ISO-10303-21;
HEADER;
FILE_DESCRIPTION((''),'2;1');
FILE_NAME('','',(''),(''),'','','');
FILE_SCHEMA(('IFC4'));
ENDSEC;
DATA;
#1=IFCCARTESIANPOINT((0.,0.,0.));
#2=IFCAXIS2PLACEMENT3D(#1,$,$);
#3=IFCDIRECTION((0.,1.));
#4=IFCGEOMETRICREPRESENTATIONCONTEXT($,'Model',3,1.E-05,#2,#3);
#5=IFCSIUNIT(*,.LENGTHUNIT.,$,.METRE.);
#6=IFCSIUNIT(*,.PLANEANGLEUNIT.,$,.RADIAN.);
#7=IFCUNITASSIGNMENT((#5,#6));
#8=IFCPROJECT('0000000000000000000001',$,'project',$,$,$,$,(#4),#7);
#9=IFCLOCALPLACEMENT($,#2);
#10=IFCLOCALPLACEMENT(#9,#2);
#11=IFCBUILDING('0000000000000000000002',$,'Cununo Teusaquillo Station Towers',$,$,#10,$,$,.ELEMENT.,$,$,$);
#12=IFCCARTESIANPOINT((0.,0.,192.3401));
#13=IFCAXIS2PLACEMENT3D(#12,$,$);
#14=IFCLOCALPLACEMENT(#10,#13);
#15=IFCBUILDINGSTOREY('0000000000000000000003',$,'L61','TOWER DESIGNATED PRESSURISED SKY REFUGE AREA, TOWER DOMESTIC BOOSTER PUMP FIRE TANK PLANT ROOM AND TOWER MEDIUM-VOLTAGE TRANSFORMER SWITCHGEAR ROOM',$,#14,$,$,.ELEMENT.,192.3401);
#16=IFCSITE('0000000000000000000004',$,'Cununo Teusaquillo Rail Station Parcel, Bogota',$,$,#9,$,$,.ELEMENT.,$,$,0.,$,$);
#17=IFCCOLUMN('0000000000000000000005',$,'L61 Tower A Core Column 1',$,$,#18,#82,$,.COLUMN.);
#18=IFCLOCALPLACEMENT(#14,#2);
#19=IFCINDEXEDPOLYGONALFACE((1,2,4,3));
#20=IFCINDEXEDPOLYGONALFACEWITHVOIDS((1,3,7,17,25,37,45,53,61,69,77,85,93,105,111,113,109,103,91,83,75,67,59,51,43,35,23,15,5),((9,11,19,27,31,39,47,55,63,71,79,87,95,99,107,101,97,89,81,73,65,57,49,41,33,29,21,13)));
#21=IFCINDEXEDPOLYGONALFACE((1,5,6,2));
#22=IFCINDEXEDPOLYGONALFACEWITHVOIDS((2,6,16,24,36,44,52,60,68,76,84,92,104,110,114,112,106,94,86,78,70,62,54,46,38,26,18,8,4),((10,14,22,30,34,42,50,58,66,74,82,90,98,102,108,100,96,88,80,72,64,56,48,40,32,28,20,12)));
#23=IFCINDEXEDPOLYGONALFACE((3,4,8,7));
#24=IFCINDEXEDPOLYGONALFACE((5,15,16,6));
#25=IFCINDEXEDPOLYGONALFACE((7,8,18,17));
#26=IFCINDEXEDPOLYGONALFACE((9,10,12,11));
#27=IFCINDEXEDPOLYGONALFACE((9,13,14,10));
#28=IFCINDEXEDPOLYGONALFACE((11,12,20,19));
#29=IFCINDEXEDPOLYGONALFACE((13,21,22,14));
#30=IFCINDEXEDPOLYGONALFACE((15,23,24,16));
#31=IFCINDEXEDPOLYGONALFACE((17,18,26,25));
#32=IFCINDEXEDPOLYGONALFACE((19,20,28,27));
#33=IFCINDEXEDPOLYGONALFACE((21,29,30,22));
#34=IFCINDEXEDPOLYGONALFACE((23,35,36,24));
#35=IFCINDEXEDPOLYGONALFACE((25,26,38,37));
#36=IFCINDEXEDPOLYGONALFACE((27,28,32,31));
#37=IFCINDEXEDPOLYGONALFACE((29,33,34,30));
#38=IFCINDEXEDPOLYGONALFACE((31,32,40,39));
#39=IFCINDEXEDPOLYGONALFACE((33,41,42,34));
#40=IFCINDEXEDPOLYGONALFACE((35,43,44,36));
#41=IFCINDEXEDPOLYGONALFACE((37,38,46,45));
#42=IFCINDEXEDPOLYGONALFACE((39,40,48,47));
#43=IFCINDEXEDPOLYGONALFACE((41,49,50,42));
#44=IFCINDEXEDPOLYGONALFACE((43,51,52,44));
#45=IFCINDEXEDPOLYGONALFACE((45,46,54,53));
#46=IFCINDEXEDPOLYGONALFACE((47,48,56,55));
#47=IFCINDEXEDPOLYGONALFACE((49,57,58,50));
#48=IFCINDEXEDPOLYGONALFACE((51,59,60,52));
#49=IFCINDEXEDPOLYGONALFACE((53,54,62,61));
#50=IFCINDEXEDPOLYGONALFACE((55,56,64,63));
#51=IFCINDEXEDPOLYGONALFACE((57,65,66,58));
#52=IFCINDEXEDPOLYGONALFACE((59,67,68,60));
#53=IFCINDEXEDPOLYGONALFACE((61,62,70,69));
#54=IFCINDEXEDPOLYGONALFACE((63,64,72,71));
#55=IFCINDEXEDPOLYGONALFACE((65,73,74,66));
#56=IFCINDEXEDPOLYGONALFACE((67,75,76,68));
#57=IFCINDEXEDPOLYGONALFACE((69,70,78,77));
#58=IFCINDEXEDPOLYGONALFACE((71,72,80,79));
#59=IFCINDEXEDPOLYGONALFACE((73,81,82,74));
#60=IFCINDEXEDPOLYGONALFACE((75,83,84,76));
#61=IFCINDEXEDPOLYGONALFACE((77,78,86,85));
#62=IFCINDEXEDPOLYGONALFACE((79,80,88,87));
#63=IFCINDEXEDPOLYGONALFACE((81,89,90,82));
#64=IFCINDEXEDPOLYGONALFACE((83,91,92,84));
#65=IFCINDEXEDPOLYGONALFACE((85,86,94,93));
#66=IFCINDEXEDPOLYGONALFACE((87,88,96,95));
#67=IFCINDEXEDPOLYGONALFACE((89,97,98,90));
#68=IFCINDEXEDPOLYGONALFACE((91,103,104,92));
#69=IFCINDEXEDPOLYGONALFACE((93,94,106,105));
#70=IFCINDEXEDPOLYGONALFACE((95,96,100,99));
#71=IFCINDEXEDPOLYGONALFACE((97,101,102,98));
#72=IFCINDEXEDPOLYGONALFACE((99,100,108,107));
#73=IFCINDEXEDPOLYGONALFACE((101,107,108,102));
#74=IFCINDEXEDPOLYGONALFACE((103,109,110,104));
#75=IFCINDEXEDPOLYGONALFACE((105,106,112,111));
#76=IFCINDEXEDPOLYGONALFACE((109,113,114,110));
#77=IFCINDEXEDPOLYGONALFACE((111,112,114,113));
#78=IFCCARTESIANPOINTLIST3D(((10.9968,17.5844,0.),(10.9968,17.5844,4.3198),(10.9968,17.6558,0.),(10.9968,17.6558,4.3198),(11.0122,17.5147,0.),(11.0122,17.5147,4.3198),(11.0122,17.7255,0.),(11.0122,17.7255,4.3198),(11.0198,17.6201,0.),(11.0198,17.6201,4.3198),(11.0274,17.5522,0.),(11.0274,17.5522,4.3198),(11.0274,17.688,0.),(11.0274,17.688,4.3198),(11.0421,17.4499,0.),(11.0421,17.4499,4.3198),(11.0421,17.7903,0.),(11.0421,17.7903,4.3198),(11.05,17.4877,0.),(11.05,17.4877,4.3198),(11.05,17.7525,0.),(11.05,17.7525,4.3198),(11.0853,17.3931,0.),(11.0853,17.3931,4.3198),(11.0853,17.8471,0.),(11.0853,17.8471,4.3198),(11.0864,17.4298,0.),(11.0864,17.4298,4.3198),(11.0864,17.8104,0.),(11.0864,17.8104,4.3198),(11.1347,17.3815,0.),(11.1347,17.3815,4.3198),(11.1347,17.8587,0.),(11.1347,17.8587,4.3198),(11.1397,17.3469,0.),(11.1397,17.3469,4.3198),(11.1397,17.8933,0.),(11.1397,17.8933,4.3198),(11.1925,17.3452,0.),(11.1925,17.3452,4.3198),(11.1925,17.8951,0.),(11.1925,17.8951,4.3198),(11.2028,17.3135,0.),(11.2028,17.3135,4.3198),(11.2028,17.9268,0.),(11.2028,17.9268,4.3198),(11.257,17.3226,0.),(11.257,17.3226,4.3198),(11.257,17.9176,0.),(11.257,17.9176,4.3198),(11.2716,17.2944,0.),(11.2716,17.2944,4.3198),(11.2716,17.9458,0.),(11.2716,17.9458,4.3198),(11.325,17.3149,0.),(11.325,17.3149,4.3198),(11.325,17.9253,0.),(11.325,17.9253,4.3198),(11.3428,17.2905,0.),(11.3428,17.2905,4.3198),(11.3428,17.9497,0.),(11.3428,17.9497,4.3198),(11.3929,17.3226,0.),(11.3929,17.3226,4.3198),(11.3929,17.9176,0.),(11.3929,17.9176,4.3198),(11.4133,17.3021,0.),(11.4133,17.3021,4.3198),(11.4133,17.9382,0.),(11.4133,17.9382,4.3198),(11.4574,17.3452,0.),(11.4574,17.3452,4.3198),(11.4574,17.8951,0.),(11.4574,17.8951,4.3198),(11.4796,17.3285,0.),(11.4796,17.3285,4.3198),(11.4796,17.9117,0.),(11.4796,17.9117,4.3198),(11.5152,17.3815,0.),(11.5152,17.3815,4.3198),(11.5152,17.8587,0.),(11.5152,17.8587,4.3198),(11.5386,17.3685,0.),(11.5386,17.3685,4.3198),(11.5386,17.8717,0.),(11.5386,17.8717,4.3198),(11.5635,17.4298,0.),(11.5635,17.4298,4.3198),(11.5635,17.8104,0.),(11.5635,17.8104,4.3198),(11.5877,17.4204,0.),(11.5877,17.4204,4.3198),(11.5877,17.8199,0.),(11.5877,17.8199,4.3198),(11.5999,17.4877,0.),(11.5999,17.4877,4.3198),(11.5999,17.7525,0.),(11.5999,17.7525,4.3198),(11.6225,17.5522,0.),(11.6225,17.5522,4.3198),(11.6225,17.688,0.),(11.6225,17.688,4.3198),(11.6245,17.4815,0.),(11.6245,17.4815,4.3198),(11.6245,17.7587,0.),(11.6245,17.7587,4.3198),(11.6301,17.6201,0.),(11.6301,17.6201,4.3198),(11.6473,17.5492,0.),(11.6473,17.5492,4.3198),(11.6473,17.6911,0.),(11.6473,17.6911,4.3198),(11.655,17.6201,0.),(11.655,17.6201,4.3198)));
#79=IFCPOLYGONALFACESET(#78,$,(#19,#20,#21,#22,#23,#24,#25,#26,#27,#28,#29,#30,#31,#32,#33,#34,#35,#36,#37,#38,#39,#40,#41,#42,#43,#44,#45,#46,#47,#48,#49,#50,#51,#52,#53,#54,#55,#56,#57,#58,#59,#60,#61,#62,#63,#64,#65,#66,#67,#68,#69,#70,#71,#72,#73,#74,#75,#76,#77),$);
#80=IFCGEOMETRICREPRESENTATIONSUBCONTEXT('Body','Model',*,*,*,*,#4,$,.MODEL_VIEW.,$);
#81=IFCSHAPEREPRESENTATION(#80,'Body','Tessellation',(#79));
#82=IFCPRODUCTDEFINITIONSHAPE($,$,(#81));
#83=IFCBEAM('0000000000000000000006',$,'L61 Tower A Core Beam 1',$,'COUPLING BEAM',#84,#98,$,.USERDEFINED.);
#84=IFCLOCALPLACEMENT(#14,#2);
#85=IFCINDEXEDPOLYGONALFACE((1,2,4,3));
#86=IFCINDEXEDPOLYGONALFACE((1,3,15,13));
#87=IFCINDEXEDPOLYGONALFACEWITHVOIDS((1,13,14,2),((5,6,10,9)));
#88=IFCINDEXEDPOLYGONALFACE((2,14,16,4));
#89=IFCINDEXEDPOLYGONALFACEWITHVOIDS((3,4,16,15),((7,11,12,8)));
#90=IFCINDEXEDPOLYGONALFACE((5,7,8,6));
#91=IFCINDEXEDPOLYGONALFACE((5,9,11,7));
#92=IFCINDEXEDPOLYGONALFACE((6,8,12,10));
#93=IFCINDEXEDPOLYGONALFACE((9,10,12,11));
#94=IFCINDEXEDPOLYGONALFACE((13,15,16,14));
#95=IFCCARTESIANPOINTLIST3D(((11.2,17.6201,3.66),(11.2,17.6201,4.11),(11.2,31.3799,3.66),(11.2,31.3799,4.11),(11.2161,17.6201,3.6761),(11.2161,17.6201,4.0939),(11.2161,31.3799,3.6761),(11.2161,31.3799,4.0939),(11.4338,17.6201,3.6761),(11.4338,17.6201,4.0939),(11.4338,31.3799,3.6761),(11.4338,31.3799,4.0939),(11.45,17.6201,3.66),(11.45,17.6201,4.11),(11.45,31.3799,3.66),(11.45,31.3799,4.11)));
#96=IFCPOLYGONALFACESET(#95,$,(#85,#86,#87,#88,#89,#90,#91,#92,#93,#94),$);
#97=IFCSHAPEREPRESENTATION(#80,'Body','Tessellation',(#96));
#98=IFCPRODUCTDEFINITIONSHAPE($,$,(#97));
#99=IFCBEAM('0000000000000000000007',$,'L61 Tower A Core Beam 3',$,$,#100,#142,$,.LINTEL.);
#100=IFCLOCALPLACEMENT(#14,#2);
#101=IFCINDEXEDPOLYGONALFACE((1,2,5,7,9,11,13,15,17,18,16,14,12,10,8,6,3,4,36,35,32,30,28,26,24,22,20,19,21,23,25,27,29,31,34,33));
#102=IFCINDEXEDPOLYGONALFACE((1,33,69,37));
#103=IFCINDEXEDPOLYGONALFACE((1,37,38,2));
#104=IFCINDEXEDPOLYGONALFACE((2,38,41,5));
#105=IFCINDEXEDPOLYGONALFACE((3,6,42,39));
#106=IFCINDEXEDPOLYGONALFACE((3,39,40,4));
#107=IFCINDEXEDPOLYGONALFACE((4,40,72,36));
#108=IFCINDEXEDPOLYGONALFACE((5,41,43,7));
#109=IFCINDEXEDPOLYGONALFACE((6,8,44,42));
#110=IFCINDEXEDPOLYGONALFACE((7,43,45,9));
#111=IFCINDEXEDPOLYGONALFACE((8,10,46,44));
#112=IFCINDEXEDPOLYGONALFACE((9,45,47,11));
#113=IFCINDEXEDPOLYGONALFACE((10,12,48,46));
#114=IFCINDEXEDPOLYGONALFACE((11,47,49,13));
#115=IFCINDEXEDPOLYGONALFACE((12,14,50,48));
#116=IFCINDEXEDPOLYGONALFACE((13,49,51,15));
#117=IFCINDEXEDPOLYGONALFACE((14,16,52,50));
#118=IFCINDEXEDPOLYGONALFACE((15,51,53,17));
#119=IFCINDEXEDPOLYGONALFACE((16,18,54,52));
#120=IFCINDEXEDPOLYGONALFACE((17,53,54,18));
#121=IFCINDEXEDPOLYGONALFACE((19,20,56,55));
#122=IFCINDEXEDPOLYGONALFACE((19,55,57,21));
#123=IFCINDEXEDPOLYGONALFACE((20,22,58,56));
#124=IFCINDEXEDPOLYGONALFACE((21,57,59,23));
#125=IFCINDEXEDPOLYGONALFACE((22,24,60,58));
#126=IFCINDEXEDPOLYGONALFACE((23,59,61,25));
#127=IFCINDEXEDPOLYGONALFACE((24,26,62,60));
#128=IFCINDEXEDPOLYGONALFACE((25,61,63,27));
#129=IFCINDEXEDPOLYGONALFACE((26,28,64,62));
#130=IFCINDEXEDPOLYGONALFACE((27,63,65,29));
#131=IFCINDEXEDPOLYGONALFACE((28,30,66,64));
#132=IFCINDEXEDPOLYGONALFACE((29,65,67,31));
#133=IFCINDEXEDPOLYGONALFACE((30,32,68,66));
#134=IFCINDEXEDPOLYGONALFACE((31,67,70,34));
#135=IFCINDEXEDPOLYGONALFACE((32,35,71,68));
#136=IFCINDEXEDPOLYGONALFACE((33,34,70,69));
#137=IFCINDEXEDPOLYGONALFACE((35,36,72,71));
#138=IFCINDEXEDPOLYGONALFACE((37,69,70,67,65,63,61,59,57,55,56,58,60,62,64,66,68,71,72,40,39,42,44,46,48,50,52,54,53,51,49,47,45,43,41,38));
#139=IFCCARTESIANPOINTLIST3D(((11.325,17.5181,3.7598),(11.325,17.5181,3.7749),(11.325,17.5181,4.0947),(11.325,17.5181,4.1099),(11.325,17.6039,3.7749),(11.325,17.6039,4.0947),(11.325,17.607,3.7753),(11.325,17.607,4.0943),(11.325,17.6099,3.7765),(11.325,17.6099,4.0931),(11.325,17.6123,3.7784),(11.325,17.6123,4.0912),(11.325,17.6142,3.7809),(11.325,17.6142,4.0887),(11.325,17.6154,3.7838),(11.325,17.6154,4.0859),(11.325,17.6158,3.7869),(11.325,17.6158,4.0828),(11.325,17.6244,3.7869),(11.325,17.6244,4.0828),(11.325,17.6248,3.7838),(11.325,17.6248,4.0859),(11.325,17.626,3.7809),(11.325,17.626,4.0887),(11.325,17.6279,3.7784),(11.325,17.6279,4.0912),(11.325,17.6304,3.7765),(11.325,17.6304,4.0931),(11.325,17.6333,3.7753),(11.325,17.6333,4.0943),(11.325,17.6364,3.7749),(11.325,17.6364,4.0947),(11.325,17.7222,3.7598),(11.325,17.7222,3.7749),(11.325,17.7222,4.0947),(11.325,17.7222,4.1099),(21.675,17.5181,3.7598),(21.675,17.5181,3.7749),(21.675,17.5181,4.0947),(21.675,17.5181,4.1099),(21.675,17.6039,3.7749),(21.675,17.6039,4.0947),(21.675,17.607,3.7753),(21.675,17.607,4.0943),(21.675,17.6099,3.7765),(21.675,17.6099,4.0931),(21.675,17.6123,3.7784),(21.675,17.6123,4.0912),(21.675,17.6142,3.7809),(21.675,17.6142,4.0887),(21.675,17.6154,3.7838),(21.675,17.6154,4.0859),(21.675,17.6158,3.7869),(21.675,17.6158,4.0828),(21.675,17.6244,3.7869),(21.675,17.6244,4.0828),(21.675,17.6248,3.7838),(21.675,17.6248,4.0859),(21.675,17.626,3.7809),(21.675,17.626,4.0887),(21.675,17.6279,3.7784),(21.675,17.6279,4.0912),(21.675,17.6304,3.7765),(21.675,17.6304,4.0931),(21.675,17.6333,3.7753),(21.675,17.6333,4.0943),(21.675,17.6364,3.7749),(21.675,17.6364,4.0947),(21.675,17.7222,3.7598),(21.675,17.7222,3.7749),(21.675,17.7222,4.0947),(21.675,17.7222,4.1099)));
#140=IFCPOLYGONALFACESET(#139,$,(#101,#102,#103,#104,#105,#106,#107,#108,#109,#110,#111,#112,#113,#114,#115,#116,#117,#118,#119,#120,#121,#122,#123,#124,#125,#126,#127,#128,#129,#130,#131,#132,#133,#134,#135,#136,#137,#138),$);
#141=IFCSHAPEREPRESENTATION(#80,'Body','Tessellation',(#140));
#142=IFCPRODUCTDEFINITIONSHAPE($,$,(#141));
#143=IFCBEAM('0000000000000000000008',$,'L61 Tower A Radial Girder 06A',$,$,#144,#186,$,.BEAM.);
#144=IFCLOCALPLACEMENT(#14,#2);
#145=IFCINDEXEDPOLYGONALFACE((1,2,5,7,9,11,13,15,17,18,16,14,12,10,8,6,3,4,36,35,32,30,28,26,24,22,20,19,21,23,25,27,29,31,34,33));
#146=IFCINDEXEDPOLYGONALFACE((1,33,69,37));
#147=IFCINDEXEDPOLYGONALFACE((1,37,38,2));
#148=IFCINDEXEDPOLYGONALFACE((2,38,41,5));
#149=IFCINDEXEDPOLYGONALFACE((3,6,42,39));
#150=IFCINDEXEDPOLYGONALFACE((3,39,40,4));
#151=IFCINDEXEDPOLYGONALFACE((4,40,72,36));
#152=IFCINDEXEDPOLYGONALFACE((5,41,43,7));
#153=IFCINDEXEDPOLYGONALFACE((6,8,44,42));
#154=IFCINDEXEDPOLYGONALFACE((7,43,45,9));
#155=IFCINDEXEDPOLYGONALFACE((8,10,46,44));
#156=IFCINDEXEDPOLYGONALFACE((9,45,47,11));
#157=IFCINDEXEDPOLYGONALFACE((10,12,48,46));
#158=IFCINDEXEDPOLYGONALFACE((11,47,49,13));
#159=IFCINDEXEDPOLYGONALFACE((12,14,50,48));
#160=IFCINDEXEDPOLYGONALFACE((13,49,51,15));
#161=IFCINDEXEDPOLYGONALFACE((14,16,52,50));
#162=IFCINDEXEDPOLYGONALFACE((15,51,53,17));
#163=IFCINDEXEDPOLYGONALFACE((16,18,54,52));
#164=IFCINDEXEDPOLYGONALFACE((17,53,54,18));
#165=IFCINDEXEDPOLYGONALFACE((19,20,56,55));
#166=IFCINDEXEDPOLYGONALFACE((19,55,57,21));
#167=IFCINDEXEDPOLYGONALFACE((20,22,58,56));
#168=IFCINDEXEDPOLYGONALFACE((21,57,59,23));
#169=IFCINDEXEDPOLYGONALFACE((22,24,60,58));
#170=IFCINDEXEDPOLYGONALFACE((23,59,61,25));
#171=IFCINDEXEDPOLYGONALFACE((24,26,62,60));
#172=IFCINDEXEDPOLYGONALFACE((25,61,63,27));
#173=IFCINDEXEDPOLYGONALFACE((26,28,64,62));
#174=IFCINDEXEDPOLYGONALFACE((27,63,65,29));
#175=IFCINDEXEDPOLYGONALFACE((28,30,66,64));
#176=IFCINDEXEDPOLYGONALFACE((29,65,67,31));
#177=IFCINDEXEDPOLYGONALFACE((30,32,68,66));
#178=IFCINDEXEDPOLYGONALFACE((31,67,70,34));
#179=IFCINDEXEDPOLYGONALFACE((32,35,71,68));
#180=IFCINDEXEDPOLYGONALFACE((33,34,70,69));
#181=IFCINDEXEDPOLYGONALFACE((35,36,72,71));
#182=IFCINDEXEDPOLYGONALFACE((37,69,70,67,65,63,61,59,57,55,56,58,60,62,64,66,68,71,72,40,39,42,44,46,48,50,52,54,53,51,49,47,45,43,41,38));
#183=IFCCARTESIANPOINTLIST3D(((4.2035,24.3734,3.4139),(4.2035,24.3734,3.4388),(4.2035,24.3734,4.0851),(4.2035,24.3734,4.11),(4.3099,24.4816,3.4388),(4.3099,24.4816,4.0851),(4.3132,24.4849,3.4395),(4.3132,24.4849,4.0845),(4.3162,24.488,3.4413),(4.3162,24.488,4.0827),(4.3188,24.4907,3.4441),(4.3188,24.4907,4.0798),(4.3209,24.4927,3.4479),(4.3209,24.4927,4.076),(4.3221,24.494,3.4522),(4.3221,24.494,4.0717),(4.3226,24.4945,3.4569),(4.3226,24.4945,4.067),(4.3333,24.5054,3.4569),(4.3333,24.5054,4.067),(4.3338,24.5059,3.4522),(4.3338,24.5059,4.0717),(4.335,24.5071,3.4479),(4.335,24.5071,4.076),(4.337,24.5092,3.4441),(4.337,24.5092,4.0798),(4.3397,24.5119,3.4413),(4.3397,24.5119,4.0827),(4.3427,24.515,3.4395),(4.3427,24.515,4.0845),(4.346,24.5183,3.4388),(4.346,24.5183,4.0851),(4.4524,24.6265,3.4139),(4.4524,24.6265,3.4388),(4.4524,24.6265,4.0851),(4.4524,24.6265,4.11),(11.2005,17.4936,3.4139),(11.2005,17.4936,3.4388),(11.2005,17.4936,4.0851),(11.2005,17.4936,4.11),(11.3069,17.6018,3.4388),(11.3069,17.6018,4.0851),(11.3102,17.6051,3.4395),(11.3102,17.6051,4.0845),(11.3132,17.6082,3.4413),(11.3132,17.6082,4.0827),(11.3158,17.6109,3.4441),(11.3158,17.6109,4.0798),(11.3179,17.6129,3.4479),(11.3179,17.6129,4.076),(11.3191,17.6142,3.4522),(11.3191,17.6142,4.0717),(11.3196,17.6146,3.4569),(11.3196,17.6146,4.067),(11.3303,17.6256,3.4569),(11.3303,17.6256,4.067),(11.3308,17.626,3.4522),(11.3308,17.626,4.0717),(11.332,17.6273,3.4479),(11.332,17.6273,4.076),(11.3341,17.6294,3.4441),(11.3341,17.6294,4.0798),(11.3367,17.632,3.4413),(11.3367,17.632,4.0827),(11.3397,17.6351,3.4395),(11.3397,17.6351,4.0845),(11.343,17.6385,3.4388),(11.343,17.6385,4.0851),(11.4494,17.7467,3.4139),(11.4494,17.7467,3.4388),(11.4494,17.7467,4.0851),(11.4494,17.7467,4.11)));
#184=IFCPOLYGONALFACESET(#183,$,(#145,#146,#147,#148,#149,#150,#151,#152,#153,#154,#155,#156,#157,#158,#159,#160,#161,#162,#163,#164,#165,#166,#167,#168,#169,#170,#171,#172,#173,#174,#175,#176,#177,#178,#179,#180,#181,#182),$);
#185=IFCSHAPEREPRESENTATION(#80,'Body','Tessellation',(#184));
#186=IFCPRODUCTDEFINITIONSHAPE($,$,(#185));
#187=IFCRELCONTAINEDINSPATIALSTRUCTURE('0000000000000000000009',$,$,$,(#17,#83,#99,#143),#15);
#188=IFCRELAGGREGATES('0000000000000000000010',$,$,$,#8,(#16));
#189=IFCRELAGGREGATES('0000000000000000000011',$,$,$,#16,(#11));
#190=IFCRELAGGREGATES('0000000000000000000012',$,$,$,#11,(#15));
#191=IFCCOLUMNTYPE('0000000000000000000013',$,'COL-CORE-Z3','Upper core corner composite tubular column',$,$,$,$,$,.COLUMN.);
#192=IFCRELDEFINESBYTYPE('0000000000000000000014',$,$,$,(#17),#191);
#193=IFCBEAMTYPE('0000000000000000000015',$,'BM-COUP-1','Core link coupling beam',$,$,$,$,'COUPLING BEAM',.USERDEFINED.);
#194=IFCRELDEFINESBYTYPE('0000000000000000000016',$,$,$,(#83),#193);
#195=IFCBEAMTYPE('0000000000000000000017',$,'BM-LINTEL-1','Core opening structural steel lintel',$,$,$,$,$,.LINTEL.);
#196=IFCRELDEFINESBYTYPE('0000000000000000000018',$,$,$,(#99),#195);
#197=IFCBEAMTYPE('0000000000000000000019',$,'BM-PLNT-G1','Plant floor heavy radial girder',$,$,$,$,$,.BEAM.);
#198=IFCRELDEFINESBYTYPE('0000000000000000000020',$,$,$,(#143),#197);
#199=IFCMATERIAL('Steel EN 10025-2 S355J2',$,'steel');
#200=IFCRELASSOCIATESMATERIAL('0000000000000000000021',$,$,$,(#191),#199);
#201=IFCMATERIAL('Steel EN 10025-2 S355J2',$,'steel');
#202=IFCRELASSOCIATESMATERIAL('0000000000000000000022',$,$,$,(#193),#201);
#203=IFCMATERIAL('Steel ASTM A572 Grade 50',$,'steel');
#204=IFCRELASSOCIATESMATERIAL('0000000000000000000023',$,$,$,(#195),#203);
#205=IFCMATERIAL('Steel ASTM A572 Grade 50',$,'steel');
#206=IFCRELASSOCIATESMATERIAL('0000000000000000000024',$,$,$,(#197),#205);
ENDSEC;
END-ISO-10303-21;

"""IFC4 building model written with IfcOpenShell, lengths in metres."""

from ifc_helpers import new_model, si_unit, direction, frame, origin, origin_2d, place, context, subcontext, project, spatial, hollow_rectangle, hollow_circle, i_section, extrude, material, material_profile, profile_set, type_object, element, save


model = new_model("IFC4")

# Units and contexts
model_context = context("Model", 3, precision=1e-05, world=origin(), true_north=direction((0.0, 1.0)))
body_context = subcontext(model_context, "Body", "Model", "MODEL_VIEW")
ifc_project = project(units=[si_unit("LENGTHUNIT", "METRE"), si_unit("PLANEANGLEUNIT", "RADIAN")], contexts=[model_context])

# Site, building, storey
site_placement = place(None, origin())
site = spatial("IfcSite", under=ifc_project, at=site_placement, Name="Cununo Teusaquillo Rail Station Parcel, Bogota", CompositionType="ELEMENT", RefElevation=0.0)
building_placement = place(site_placement, origin())
building = spatial("IfcBuilding", under=site, at=building_placement, Name="Cununo Teusaquillo Station Towers", CompositionType="ELEMENT")
storey_placement = place(building_placement, frame((0.0, 0.0, 192.3401)))
storey = spatial("IfcBuildingStorey", under=building, at=storey_placement, Name="L61", Description="TOWER DESIGNATED PRESSURISED SKY REFUGE AREA, TOWER DOMESTIC BOOSTER PUMP FIRE TANK PLANT ROOM AND TOWER MEDIUM-VOLTAGE TRANSFORMER SWITCHGEAR ROOM", CompositionType="ELEMENT", Elevation=192.3401)

# Column
ifc_material_1 = material(Name="Steel EN 10025-2 S355J2", Category="steel")
ifc_material_profile_1 = material_profile(ifc_material_1, hollow_circle(Radius=0.3301, WallThickness=0.0249, at=origin_2d()), Name="CHS 660x25")
ifc_profile_set_1 = profile_set([ifc_material_profile_1], Name="Steel EN 10025-2 S355J2")
column_type = type_object("IfcColumnType", Name="COL-CORE-Z3", Description="Upper core corner composite tubular column", PredefinedType="COLUMN", material=ifc_profile_set_1)
column_placement = place(storey_placement, frame((11.325, 17.6201, 0.0), z_axis=(0.0, 0.0, 1.0), x_axis=(1.0, 0.0, 0.0)))
element("IfcColumn", 1, at=column_placement, inside=storey, type_object=column_type, Name="L61 Tower A Core Column 1", PredefinedType="COLUMN", context=body_context, shape_type="SweptSolid", body=[
    extrude(hollow_circle(Radius=0.3301, WallThickness=0.0249, at=origin_2d()), origin(), (0.0, 0.0, 1.0), 4.3198),
])

# Beams
ifc_material_2 = material(Name="Steel EN 10025-2 S355J2", Category="steel")
ifc_material_profile_2 = material_profile(ifc_material_2, hollow_rectangle(XDim=0.25, YDim=0.45, WallThickness=0.0161, at=origin_2d()), Name="RHS 450x250x16")
ifc_profile_set_2 = profile_set([ifc_material_profile_2], Name="Steel EN 10025-2 S355J2")
beam_type_1 = type_object("IfcBeamType", Name="BM-COUP-1", Description="Core link coupling beam", ElementType="COUPLING BEAM", PredefinedType="USERDEFINED", material=ifc_profile_set_2)
beam_1_placement = place(storey_placement, frame((11.325, 17.6201, 3.885), z_axis=(0.0, 1.0, 0.0), x_axis=(-1.0, 0.0, 0.0)))
element("IfcBeam", 2, at=beam_1_placement, inside=storey, type_object=beam_type_1, Name="L61 Tower A Core Beam 1", ObjectType="COUPLING BEAM", PredefinedType="USERDEFINED", context=body_context, shape_type="SweptSolid", body=[
    extrude(hollow_rectangle(XDim=0.25, YDim=0.45, WallThickness=0.0161, at=origin_2d()), origin(), (0.0, 0.0, 1.0), 13.7598),
])
ifc_material_3 = material(Name="Steel ASTM A572 Grade 50", Category="steel")
ifc_material_profile_3 = material_profile(ifc_material_3, i_section(OverallWidth=0.2041, OverallDepth=0.3501, WebThickness=0.0085, FlangeThickness=0.0151, FilletRadius=0.012, at=origin_2d()), Name="W14X48")
ifc_profile_set_3 = profile_set([ifc_material_profile_3], Name="Steel ASTM A572 Grade 50")
beam_type_2 = type_object("IfcBeamType", Name="BM-LINTEL-1", Description="Core opening structural steel lintel", PredefinedType="LINTEL", material=ifc_profile_set_3)
beam_2_placement = place(storey_placement, frame((11.325, 17.6201, 3.9348), z_axis=(1.0, 0.0, 0.0), x_axis=(0.0, 1.0, 0.0)))
element("IfcBeam", 3, at=beam_2_placement, inside=storey, type_object=beam_type_2, Name="L61 Tower A Core Beam 3", PredefinedType="LINTEL", context=body_context, shape_type="SweptSolid", body=[
    extrude(i_section(OverallWidth=0.2041, OverallDepth=0.3501, WebThickness=0.0085, FlangeThickness=0.0151, FilletRadius=0.012, at=origin_2d()), origin(), (0.0, 0.0, 1.0), 10.3501),
])
ifc_material_4 = material(Name="Steel ASTM A572 Grade 50", Category="steel")
ifc_material_profile_4 = material_profile(ifc_material_4, i_section(OverallWidth=0.355, OverallDepth=0.696, WebThickness=0.0154, FlangeThickness=0.0249, FilletRadius=0.0181, at=origin_2d()), Name="W27X146")
ifc_profile_set_4 = profile_set([ifc_material_profile_4], Name="Steel ASTM A572 Grade 50")
beam_type_3 = type_object("IfcBeamType", Name="BM-PLNT-G1", Description="Plant floor heavy radial girder", PredefinedType="BEAM", material=ifc_profile_set_4)
beam_3_placement = place(storey_placement, frame((11.325, 17.6201, 3.762), z_axis=(-0.713053, 0.70111, 0.0), x_axis=(-0.70111, -0.713053, 0.0)))
element("IfcBeam", 4, at=beam_3_placement, inside=storey, type_object=beam_type_3, Name="L61 Tower A Radial Girder 06A", PredefinedType="BEAM", context=body_context, shape_type="SweptSolid", body=[
    extrude(i_section(OverallWidth=0.355, OverallDepth=0.696, WebThickness=0.0154, FlangeThickness=0.0249, FilletRadius=0.0181, at=origin_2d()), origin(), (0.0, 0.0, 1.0), 9.8127),
])

save(model, "model.ifc")
